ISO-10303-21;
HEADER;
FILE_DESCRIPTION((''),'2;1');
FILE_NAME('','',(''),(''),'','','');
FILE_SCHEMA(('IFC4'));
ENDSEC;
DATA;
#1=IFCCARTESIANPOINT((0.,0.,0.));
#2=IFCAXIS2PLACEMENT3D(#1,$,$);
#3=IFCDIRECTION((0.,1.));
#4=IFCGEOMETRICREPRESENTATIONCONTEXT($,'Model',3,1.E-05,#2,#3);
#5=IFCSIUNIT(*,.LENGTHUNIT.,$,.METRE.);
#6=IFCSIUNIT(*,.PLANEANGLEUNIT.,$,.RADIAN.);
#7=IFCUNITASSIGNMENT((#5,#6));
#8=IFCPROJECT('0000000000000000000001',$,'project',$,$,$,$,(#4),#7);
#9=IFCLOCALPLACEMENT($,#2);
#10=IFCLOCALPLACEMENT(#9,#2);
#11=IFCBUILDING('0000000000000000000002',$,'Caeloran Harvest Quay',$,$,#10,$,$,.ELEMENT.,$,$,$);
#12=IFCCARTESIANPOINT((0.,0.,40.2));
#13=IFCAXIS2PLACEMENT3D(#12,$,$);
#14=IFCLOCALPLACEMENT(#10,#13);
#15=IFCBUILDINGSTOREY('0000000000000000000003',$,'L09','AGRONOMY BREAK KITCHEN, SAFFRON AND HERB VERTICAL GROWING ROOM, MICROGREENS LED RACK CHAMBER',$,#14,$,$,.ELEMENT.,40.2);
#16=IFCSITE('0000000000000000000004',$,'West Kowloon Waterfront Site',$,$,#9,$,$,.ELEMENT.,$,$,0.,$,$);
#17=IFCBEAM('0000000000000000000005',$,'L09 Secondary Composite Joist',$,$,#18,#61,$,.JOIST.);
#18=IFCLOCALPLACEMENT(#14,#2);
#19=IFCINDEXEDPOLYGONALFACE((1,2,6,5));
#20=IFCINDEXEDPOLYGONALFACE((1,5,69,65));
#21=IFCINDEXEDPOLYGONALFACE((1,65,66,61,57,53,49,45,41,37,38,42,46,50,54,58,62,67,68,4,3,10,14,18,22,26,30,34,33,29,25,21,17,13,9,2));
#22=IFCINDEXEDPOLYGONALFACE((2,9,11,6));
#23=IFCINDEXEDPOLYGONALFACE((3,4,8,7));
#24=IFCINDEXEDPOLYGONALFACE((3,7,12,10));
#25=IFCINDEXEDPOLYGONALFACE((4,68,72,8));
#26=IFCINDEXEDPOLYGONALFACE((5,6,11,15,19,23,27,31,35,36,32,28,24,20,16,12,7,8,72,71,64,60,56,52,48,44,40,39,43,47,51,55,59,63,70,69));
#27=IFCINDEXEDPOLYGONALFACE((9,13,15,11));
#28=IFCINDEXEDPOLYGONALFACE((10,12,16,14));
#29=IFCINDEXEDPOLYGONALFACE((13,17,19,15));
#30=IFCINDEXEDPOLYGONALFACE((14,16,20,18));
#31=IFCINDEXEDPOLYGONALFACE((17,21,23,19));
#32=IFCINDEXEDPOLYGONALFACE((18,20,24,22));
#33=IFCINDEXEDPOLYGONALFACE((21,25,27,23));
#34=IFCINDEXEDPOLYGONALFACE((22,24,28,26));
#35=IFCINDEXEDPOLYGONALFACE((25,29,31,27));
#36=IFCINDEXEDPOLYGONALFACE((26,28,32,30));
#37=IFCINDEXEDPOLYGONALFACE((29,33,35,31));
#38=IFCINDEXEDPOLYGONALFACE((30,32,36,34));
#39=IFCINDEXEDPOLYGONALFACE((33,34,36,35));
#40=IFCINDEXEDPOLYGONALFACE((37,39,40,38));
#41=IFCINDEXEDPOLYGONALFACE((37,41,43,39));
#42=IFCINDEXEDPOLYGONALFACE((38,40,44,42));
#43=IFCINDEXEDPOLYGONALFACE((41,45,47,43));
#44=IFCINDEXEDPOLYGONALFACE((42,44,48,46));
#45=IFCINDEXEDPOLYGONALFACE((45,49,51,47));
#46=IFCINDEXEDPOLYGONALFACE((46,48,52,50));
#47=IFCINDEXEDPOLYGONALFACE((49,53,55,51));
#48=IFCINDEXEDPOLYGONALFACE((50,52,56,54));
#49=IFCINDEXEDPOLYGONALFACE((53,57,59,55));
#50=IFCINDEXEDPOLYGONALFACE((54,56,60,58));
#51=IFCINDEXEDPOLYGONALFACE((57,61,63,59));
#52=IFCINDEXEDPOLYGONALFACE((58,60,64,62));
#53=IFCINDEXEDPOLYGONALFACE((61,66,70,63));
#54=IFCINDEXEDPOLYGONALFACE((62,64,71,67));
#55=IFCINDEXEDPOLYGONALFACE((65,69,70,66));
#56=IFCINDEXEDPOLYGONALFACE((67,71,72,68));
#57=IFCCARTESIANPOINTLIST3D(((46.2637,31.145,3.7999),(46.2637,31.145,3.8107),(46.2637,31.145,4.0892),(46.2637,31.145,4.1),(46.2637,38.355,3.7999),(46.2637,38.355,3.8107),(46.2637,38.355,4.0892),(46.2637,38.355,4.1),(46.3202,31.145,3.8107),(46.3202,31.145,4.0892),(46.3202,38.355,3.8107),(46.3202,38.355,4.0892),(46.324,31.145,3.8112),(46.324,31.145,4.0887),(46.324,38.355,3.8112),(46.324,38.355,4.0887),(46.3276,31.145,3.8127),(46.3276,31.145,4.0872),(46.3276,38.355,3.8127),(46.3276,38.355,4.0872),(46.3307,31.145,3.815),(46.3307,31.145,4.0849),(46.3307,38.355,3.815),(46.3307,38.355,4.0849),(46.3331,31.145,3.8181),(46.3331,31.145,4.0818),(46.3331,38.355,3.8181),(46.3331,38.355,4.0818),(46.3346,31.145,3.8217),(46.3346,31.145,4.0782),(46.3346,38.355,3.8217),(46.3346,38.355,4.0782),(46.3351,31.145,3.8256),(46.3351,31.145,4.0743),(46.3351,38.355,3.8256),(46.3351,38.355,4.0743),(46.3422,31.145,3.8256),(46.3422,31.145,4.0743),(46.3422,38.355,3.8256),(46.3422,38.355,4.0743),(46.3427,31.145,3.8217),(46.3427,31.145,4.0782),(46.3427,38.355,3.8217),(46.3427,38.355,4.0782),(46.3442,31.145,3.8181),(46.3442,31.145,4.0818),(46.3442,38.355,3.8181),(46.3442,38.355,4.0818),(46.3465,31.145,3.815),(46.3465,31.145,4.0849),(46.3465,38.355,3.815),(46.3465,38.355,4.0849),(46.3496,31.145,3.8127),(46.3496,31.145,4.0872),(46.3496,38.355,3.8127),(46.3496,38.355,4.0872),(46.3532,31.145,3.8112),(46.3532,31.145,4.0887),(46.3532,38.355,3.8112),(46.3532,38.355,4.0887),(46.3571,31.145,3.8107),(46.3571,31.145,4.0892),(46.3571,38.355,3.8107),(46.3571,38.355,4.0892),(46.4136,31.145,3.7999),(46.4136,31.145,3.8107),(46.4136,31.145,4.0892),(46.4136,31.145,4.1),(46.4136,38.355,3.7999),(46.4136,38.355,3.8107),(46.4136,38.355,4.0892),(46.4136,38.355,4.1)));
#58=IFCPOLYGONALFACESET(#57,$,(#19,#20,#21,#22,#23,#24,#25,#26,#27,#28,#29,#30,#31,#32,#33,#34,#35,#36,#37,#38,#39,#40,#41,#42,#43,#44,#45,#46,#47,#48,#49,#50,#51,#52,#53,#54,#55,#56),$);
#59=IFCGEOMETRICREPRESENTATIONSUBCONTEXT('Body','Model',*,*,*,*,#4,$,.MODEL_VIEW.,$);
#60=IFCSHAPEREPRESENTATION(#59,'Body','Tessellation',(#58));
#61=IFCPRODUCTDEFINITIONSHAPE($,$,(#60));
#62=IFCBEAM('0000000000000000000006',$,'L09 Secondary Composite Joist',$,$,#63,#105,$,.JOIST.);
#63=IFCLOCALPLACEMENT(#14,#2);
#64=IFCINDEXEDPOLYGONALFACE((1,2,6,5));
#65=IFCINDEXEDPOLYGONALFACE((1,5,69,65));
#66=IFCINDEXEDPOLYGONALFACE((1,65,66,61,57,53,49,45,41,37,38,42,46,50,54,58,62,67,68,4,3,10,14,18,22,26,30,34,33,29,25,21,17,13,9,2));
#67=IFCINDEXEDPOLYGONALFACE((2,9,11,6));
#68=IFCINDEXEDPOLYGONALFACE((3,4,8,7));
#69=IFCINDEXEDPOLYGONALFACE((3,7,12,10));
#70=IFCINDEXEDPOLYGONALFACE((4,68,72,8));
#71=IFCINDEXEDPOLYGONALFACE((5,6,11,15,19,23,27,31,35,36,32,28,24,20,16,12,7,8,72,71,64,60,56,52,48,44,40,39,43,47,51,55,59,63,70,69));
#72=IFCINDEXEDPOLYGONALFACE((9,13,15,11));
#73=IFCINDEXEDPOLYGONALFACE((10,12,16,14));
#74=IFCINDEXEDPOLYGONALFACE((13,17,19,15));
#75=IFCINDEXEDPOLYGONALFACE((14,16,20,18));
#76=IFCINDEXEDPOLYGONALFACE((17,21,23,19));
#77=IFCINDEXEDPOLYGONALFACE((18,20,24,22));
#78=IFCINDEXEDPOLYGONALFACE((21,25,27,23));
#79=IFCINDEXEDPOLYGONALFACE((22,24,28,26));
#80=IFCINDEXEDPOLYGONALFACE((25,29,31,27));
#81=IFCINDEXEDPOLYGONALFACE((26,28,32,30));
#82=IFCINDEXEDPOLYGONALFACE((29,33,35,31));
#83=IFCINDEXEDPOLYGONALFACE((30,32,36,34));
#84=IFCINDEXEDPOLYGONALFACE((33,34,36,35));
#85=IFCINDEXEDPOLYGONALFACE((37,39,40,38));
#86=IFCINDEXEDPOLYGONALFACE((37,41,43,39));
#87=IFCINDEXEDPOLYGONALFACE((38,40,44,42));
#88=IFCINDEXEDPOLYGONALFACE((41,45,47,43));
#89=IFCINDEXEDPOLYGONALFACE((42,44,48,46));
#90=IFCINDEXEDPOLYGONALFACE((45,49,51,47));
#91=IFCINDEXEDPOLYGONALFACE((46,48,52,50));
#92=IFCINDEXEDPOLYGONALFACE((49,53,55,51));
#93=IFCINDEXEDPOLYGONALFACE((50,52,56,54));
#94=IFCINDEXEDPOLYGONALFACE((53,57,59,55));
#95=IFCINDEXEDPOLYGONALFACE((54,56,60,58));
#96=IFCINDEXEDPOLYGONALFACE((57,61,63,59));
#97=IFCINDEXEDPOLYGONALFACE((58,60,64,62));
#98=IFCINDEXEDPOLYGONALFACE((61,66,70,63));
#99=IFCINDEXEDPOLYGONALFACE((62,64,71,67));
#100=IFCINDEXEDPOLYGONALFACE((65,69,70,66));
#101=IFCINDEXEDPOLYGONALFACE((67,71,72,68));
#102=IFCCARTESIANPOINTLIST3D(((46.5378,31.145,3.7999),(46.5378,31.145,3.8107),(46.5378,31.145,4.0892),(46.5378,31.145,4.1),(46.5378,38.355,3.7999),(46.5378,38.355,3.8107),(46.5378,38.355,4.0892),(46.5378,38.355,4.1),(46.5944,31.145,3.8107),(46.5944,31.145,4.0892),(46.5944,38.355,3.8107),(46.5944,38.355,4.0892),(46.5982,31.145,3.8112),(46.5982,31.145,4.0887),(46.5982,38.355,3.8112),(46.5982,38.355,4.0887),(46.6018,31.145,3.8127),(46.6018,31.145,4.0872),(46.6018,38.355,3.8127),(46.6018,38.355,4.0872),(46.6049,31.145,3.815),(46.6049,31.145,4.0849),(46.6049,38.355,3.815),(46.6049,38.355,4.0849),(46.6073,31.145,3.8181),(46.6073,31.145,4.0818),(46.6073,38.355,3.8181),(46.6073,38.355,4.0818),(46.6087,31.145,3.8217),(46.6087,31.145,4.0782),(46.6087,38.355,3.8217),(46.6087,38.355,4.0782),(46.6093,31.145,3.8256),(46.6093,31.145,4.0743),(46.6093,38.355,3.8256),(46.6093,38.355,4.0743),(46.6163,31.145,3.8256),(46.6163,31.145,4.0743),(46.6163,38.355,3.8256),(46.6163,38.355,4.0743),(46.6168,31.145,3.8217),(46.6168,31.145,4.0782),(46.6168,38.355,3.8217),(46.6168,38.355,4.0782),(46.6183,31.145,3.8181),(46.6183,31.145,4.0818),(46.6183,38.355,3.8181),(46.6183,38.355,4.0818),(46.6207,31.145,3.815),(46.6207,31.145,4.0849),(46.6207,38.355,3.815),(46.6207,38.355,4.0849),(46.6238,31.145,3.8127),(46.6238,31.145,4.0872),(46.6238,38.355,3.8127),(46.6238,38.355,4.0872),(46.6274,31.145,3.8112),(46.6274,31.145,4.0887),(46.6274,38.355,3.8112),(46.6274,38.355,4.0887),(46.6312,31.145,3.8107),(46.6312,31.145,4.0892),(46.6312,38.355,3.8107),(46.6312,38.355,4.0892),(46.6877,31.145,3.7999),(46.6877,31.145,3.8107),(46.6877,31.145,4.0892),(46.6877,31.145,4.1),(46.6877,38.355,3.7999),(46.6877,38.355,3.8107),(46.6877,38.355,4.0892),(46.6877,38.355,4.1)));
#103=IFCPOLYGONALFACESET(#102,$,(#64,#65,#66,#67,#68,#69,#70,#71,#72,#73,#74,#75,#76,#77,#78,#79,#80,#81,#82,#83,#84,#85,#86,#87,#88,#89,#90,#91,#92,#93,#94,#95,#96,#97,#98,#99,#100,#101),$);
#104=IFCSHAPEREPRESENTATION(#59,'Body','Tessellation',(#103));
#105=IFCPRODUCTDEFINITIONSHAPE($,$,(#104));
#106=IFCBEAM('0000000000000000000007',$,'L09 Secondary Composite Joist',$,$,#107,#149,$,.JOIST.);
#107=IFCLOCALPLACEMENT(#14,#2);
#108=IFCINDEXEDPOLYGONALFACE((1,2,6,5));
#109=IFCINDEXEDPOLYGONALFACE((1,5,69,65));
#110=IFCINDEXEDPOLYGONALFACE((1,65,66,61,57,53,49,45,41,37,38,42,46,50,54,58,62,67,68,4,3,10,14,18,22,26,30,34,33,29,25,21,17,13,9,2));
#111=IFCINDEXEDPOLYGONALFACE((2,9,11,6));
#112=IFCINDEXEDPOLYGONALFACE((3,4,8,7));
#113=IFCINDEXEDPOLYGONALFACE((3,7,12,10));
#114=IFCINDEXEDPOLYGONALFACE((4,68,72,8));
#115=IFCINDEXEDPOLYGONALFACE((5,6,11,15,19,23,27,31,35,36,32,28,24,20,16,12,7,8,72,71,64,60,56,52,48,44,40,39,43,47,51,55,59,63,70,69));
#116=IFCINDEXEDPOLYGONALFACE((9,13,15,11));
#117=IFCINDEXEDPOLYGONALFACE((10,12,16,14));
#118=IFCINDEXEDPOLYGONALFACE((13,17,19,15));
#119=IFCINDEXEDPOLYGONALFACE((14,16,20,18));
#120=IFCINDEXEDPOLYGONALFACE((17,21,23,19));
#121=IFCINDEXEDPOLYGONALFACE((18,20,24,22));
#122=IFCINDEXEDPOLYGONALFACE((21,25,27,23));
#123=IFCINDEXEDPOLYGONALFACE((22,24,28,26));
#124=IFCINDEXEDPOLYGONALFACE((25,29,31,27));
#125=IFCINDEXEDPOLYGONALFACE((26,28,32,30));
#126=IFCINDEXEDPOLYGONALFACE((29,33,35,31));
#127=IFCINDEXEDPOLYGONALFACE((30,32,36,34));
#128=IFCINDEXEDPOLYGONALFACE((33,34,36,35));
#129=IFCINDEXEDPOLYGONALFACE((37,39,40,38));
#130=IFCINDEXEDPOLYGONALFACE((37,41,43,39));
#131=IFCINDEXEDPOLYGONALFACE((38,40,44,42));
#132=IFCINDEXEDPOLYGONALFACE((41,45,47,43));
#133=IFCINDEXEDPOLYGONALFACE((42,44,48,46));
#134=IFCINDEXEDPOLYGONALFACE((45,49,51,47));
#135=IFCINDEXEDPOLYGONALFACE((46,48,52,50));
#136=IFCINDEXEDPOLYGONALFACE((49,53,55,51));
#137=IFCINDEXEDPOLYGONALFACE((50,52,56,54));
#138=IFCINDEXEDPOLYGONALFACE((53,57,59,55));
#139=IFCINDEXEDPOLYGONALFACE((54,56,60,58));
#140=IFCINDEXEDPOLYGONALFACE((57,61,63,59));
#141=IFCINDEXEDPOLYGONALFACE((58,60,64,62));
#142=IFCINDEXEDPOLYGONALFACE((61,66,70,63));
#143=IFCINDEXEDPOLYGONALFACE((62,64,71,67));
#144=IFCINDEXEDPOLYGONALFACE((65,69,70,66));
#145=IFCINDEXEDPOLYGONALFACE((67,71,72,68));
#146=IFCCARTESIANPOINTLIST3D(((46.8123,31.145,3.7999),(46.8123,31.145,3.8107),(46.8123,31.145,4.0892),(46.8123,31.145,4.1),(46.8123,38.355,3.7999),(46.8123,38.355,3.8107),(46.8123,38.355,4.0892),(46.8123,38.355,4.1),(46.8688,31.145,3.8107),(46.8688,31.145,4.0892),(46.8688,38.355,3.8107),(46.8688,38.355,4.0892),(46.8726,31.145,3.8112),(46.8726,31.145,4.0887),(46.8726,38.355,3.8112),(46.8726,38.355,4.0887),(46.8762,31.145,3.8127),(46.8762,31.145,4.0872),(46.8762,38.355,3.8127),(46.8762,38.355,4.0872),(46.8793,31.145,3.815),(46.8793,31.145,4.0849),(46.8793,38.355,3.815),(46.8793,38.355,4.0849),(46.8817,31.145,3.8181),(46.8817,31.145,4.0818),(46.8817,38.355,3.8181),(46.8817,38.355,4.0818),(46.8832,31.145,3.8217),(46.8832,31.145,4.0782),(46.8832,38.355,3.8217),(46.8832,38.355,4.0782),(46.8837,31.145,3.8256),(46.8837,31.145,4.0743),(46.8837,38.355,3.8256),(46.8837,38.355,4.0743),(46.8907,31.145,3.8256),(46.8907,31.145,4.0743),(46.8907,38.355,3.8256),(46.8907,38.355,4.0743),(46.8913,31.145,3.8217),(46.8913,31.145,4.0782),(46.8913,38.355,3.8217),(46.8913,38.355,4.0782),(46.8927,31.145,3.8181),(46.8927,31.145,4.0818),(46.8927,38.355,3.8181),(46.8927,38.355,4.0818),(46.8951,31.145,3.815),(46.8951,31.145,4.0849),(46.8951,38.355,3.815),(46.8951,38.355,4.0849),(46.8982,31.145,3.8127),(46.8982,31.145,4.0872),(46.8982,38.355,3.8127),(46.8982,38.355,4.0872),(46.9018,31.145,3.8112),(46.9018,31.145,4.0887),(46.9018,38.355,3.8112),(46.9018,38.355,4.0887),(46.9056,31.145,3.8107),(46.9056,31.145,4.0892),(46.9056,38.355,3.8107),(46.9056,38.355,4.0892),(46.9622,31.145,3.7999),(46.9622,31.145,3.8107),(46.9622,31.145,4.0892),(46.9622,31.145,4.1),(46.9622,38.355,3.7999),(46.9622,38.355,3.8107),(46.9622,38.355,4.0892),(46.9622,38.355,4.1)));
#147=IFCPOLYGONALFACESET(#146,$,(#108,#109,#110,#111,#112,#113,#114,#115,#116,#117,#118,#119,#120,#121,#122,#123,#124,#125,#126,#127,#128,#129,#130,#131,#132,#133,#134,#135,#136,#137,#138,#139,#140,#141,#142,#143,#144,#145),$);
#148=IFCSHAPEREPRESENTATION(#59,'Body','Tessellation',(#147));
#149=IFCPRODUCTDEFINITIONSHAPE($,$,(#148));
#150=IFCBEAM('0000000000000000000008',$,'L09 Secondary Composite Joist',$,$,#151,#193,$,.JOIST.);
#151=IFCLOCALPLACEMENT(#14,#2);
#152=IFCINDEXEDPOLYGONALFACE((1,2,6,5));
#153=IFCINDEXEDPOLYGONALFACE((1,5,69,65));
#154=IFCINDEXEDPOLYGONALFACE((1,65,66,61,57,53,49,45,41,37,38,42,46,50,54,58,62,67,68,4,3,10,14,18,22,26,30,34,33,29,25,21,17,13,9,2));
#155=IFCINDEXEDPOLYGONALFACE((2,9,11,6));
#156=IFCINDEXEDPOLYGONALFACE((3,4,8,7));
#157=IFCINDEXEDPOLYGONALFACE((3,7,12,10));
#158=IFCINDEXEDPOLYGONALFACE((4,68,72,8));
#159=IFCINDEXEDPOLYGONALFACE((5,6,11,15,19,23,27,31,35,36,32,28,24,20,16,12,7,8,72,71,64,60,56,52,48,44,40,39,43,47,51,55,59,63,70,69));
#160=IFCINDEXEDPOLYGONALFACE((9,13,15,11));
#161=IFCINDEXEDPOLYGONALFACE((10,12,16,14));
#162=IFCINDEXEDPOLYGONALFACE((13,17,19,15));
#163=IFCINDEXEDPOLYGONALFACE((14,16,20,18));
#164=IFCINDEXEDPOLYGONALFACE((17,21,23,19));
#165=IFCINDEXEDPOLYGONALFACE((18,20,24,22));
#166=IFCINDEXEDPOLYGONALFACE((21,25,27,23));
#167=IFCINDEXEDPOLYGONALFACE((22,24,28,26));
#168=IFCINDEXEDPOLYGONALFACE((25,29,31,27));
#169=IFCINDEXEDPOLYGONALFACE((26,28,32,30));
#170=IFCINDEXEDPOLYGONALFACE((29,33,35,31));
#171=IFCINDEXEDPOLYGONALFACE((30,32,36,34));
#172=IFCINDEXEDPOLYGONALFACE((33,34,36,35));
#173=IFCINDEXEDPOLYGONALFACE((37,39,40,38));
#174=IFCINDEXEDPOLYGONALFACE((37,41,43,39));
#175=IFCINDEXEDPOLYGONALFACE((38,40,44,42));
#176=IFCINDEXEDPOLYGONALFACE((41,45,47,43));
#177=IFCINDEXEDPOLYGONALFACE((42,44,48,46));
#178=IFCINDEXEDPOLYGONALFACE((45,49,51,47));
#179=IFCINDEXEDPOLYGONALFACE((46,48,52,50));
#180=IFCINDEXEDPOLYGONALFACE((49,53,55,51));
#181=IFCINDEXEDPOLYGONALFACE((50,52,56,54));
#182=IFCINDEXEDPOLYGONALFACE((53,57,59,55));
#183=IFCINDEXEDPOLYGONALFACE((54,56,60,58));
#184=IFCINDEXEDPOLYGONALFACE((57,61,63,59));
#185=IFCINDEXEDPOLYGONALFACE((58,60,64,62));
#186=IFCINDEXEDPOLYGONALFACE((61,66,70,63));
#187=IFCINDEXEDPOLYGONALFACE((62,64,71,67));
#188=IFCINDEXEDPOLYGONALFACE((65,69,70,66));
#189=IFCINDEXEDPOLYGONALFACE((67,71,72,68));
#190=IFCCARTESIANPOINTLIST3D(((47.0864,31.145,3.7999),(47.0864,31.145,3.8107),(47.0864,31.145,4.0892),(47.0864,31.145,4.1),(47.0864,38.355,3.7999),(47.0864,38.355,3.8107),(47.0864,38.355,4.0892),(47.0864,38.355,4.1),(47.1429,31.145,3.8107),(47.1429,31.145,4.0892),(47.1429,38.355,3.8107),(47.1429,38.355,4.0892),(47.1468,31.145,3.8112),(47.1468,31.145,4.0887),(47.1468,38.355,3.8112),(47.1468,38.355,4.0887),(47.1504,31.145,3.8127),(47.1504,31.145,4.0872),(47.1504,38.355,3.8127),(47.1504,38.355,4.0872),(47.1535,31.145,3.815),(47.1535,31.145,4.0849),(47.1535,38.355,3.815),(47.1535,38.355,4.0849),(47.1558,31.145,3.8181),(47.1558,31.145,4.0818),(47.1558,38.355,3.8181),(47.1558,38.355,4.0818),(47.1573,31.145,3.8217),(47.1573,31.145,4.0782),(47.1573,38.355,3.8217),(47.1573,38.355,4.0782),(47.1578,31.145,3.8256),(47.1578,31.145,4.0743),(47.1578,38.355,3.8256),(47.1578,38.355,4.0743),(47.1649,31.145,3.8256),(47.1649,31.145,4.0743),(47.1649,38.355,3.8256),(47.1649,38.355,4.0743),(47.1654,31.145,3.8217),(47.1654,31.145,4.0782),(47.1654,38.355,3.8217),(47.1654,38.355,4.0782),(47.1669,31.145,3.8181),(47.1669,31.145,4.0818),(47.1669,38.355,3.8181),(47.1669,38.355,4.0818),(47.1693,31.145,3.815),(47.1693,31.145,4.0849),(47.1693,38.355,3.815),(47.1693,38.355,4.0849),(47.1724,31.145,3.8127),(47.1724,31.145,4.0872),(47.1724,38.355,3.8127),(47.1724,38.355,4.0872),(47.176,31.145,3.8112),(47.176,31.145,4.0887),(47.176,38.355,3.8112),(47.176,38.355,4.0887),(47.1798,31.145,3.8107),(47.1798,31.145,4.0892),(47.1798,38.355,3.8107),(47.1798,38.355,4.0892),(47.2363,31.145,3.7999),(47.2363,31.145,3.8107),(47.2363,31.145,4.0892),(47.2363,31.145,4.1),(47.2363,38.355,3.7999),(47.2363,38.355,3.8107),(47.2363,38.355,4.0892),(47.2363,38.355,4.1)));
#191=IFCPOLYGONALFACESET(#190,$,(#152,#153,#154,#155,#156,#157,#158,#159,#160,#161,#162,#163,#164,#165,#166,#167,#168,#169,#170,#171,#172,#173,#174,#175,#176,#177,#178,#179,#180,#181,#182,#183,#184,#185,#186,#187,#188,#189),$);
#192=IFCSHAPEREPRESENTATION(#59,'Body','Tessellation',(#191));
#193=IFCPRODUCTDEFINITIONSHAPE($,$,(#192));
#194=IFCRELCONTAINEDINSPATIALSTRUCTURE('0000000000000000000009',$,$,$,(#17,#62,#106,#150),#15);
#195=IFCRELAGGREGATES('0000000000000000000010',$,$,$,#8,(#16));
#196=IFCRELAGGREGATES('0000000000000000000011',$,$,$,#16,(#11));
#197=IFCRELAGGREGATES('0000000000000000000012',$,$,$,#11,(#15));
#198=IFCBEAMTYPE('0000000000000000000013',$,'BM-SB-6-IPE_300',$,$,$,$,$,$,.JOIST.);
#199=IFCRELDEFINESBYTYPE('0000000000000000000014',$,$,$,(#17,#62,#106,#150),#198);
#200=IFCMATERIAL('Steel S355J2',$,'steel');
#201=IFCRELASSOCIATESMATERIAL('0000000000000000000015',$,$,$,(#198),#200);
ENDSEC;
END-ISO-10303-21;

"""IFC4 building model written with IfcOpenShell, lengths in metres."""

from ifc_helpers import new_model, si_unit, direction, frame, origin, origin_2d, place, context, subcontext, project, spatial, i_section, extrude, material, material_profile, profile_set, type_object, element, save


model = new_model("IFC4")

# Units and contexts
model_context = context("Model", 3, precision=1e-05, world=origin(), true_north=direction((0.0, 1.0)))
body_context = subcontext(model_context, "Body", "Model", "MODEL_VIEW")
ifc_project = project(units=[si_unit("LENGTHUNIT", "METRE"), si_unit("PLANEANGLEUNIT", "RADIAN")], contexts=[model_context])

# Site, building, storey
site_placement = place(None, origin())
site = spatial("IfcSite", under=ifc_project, at=site_placement, Name="West Kowloon Waterfront Site", CompositionType="ELEMENT", RefElevation=0.0)
building_placement = place(site_placement, origin())
building = spatial("IfcBuilding", under=site, at=building_placement, Name="Caeloran Harvest Quay", CompositionType="ELEMENT")
storey_placement = place(building_placement, frame((0.0, 0.0, 40.2)))
storey = spatial("IfcBuildingStorey", under=building, at=storey_placement, Name="L09", Description="AGRONOMY BREAK KITCHEN, SAFFRON AND HERB VERTICAL GROWING ROOM, MICROGREENS LED RACK CHAMBER", CompositionType="ELEMENT", Elevation=40.2)

# Beams
ifc_material_1 = material(Name="Steel S355J2", Category="steel")
ifc_material_profile_1 = material_profile(ifc_material_1, i_section(OverallWidth=0.1499, OverallDepth=0.3, WebThickness=0.0071, FlangeThickness=0.0107, FilletRadius=0.0149, at=origin_2d()), Name="IPE 300")
ifc_profile_set_1 = profile_set([ifc_material_profile_1], Name="Steel S355J2")
beam_type_1 = type_object("IfcBeamType", Name="BM-SB-6-IPE_300", PredefinedType="JOIST", material=ifc_profile_set_1)
for number, where, z_axis, x_axis, name in (
    (1, (46.3386, 31.145, 3.95), (0.0, 1.0, 0.0), (-1.0, 0.0, 0.0), "L09 Secondary Composite Joist"),
    (2, (46.6128, 31.145, 3.95), (0.0, 1.0, 0.0), (-1.0, 0.0, 0.0), "L09 Secondary Composite Joist"),
    (3, (46.8872, 31.145, 3.95), (0.0, 1.0, 0.0), (-1.0, 0.0, 0.0), "L09 Secondary Composite Joist"),
    (4, (47.1614, 31.145, 3.95), (0.0, 1.0, 0.0), (-1.0, 0.0, 0.0), "L09 Secondary Composite Joist"),
):
    element("IfcBeam", number, at=place(storey_placement, frame(where, z_axis=z_axis, x_axis=x_axis)), inside=storey, type_object=beam_type_1, Name=name, PredefinedType="JOIST", context=body_context, shape_type="SweptSolid", body=[
        extrude(i_section(OverallWidth=0.1499, OverallDepth=0.3, WebThickness=0.0071, FlangeThickness=0.0107, FilletRadius=0.0149, at=origin_2d()), origin(), (0.0, 0.0, 1.0), 7.21),
    ])

save(model, "model.ifc")
